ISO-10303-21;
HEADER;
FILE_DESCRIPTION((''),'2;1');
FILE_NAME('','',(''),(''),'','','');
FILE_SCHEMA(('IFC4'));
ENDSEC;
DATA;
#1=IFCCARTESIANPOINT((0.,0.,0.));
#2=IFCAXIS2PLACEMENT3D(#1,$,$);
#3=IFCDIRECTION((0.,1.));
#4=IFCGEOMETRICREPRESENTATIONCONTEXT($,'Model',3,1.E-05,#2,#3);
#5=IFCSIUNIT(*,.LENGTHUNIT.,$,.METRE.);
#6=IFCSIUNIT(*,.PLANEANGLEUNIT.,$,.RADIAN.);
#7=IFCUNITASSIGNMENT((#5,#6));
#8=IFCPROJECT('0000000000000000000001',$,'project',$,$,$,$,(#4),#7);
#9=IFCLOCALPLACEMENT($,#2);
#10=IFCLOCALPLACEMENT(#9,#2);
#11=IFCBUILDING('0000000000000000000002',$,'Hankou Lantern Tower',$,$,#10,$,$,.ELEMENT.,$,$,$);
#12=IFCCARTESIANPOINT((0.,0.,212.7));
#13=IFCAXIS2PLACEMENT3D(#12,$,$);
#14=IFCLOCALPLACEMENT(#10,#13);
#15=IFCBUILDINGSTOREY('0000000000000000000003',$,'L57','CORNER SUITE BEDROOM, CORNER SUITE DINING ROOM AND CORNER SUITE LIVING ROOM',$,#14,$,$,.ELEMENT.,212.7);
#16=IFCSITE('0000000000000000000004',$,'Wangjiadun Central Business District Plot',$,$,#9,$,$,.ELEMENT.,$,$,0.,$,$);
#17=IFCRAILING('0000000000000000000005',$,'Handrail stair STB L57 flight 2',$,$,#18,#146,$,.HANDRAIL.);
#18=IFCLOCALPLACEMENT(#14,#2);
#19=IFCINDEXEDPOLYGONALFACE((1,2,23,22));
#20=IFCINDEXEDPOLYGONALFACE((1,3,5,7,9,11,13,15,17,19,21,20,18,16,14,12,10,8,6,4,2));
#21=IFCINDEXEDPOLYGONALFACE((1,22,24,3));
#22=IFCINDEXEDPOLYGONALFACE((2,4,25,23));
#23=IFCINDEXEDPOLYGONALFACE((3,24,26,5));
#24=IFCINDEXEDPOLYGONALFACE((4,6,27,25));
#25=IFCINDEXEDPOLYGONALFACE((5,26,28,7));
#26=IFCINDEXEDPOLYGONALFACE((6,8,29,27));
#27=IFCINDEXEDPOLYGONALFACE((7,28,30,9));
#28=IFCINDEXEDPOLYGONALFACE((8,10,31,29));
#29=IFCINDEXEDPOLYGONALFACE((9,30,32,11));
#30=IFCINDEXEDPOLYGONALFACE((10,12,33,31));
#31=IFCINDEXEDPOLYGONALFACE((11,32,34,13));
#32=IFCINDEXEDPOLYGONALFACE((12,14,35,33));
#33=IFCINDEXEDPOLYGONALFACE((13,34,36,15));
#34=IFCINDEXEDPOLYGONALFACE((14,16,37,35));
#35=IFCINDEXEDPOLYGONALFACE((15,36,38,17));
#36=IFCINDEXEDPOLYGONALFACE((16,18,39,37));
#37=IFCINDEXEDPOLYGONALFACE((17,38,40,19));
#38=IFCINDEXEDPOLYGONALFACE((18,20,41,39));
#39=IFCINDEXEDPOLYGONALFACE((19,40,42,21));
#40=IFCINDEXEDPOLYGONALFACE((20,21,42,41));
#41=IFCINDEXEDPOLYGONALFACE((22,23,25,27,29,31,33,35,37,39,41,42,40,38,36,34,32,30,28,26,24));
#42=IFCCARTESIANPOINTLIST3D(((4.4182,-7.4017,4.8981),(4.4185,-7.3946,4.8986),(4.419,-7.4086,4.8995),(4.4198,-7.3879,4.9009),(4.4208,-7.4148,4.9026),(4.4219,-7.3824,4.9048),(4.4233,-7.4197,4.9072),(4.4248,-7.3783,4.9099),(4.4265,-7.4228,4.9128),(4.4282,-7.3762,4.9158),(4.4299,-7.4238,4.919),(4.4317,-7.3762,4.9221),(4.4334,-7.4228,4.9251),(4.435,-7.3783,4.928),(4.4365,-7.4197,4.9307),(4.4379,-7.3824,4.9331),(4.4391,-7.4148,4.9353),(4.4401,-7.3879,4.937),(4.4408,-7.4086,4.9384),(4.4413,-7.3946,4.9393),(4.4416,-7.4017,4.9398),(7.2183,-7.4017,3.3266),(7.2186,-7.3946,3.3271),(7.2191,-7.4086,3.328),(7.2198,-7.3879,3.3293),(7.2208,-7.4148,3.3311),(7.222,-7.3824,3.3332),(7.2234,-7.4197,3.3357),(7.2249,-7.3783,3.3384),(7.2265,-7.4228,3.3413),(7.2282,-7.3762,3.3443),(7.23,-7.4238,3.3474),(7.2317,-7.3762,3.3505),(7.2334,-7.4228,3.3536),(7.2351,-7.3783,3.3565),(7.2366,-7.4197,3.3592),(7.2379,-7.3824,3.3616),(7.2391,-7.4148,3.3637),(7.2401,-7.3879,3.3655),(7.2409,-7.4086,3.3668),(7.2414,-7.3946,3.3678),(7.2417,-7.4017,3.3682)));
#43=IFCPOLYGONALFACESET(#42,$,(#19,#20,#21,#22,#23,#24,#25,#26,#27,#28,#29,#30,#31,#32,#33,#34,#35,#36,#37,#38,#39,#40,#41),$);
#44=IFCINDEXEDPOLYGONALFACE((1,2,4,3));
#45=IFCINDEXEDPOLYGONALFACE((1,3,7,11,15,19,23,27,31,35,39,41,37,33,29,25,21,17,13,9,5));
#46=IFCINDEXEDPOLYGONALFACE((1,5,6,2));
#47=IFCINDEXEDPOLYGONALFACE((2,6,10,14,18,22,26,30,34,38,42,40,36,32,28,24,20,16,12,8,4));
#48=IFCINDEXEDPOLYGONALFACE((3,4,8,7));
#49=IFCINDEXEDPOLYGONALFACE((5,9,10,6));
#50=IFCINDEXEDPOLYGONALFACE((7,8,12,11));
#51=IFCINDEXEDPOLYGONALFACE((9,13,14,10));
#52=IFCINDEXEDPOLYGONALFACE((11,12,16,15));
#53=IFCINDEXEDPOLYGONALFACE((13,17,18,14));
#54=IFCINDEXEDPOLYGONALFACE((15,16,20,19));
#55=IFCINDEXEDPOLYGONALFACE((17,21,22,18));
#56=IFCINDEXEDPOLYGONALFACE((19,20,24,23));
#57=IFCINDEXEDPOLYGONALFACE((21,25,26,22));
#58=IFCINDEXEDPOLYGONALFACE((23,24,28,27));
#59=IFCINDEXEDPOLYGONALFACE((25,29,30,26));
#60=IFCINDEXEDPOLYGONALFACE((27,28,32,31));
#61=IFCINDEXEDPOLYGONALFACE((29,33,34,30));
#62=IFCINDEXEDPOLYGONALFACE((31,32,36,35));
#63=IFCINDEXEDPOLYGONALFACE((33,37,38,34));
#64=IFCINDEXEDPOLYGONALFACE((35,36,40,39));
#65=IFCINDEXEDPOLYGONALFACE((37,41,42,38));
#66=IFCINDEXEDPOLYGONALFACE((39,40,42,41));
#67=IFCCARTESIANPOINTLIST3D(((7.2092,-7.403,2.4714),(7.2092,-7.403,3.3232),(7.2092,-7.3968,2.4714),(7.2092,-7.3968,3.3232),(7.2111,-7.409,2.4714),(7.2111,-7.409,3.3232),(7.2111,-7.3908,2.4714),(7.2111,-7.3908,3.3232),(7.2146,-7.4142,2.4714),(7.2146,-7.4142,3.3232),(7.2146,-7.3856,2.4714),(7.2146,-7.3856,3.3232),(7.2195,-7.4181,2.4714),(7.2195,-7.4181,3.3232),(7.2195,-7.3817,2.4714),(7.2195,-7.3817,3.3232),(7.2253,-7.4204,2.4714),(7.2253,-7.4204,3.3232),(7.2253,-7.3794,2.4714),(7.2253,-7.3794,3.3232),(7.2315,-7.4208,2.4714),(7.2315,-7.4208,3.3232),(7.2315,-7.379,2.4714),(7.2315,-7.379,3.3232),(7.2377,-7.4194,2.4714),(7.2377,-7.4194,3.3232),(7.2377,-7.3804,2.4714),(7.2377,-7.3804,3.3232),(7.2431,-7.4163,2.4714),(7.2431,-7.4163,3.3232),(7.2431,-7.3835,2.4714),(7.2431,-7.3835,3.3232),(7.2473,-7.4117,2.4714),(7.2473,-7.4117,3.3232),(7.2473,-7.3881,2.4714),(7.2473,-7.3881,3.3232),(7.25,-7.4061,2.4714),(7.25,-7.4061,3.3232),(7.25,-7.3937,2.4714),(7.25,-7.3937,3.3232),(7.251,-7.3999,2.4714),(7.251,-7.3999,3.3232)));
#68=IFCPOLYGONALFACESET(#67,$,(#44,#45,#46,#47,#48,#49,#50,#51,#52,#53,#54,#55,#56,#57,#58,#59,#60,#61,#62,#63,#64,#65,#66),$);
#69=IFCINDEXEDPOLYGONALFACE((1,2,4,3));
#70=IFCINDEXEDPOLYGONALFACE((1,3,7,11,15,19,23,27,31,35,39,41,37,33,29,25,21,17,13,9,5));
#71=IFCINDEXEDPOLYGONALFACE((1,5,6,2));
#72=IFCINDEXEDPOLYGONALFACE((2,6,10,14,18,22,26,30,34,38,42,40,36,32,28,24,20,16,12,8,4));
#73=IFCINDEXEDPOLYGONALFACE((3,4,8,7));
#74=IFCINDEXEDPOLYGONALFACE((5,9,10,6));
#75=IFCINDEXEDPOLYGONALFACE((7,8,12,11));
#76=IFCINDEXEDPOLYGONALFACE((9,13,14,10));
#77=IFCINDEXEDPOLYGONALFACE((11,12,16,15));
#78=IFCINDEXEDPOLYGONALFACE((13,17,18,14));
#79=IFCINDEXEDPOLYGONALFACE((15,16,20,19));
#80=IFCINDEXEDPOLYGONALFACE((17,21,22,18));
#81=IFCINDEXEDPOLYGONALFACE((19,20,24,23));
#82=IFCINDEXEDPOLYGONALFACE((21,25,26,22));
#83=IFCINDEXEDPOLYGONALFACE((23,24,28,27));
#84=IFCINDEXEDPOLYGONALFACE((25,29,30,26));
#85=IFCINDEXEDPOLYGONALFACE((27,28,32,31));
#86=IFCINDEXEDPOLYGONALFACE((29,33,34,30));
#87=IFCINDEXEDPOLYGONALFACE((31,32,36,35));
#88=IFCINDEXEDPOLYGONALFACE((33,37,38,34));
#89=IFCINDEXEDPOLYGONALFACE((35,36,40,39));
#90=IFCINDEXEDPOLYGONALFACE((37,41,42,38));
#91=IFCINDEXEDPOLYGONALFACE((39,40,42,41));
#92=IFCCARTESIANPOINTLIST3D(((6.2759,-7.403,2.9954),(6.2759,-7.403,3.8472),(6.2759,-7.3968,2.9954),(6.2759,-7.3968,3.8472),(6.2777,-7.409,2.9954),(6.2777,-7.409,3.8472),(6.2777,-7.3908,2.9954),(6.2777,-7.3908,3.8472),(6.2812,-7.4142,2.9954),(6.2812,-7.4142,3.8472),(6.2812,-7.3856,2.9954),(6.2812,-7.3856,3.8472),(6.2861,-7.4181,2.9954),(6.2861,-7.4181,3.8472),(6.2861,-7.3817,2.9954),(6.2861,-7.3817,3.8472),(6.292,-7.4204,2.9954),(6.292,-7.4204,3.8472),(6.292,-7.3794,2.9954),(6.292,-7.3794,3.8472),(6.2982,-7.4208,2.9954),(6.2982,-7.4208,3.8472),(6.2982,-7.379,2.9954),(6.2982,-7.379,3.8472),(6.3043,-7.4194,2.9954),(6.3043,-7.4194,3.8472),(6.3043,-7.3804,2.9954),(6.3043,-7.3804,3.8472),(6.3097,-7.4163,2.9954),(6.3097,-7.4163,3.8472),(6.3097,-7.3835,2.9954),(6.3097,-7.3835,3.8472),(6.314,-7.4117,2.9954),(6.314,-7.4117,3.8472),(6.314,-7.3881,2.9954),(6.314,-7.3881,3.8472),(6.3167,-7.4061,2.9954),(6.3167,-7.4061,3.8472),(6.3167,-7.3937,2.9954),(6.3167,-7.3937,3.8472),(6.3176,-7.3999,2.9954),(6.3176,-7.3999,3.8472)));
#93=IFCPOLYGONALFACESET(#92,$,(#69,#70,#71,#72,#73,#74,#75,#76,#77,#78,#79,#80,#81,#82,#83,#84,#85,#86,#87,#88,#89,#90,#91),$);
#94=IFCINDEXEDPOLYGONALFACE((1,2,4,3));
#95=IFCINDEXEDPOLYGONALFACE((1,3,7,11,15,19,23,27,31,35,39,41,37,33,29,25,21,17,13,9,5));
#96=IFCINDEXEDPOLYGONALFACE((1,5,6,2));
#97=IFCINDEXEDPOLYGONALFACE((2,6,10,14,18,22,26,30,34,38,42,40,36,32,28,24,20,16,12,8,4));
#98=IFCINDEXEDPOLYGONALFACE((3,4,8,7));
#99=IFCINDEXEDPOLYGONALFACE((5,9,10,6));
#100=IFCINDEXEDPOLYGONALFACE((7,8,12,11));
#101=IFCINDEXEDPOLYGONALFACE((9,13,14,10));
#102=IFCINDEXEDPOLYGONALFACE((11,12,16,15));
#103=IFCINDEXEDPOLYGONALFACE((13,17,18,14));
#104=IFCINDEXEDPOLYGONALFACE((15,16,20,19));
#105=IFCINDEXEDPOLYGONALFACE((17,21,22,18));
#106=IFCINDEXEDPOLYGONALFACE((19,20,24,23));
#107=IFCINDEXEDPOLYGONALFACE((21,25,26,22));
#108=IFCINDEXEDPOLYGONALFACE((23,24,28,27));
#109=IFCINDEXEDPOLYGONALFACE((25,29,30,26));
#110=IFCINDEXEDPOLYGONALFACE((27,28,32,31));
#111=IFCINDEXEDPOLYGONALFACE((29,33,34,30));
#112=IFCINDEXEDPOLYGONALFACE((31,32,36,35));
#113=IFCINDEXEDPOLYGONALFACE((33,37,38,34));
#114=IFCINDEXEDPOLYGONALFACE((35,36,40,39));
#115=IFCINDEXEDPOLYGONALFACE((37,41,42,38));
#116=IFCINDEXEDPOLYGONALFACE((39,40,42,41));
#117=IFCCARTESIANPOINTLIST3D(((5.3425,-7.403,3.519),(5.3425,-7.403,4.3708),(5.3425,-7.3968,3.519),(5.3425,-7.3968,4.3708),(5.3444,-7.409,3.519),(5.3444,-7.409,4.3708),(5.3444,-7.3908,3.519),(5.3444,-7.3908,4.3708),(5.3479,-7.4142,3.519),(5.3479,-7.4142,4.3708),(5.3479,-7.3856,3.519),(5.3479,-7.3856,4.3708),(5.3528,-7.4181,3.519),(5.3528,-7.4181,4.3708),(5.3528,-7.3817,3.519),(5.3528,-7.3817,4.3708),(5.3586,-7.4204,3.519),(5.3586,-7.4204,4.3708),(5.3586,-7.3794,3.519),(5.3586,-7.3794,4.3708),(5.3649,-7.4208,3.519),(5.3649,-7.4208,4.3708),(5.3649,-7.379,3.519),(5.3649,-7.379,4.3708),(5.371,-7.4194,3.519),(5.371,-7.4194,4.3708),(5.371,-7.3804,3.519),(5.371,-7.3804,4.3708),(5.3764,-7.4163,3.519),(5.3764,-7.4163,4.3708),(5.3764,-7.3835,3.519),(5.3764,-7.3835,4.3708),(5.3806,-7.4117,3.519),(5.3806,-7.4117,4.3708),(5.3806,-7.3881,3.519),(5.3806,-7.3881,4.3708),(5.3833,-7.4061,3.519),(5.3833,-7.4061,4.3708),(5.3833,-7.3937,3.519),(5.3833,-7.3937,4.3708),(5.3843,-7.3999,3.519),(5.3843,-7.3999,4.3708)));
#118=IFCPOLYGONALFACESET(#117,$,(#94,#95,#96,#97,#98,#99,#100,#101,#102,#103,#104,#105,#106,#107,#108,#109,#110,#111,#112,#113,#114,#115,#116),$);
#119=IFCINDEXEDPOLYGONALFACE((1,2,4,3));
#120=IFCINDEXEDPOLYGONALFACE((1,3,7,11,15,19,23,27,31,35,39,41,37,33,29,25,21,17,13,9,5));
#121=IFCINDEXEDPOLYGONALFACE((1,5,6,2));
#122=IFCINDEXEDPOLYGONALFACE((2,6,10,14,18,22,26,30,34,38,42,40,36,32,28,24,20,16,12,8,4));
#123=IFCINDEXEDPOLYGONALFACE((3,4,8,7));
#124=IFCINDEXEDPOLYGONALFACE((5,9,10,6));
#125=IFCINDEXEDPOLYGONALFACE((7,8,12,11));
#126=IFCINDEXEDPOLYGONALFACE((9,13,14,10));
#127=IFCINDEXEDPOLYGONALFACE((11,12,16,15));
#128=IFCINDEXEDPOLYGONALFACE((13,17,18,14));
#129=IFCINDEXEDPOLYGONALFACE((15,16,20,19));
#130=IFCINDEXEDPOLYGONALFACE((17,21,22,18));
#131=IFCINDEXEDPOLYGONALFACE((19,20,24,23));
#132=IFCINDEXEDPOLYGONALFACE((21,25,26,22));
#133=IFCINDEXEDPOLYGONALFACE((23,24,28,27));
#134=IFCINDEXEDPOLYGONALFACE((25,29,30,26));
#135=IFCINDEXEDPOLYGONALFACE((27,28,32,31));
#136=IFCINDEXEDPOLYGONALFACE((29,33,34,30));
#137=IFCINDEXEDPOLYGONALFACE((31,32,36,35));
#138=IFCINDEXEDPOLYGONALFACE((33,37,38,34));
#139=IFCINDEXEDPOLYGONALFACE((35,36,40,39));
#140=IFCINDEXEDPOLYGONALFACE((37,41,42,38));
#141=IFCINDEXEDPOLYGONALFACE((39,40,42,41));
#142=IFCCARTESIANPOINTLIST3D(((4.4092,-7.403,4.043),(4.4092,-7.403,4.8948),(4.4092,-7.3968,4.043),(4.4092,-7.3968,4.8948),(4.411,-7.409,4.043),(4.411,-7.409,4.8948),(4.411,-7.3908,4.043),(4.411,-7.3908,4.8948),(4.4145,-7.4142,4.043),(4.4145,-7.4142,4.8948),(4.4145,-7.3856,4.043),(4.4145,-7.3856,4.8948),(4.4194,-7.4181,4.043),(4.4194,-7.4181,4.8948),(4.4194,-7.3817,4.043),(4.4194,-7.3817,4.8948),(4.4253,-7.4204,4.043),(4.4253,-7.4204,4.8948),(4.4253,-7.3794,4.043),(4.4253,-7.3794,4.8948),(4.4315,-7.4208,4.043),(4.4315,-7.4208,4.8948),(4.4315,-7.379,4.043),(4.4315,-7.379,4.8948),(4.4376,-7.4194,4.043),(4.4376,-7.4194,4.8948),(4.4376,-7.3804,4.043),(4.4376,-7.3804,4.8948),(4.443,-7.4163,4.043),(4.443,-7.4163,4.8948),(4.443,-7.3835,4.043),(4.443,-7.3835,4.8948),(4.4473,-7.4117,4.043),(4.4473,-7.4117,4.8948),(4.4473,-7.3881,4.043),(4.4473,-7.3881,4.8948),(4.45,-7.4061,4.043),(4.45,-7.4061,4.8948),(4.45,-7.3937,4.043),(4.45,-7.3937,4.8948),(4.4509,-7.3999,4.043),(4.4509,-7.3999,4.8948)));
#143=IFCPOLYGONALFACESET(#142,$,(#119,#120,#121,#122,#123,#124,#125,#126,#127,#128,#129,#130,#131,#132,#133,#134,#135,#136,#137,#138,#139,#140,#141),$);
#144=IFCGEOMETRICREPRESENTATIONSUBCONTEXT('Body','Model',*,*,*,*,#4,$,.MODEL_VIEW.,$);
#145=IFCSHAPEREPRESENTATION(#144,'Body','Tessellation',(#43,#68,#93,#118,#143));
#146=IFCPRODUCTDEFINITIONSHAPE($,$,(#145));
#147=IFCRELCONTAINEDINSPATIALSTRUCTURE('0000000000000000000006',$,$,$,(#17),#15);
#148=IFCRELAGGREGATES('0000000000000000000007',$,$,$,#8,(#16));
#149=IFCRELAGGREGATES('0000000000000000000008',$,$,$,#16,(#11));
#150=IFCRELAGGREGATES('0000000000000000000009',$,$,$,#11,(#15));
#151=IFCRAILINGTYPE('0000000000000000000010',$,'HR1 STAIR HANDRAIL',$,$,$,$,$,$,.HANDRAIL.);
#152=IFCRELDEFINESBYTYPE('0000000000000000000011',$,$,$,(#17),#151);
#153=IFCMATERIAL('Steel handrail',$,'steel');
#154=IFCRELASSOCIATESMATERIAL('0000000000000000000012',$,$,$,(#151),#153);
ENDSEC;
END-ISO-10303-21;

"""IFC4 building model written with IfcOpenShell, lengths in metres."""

from ifc_helpers import new_model, si_unit, direction, frame, origin, origin_2d, place, context, subcontext, project, spatial, circle, extrude, material, type_object, element, save


model = new_model("IFC4")

# Units and contexts
model_context = context("Model", 3, precision=1e-05, world=origin(), true_north=direction((0.0, 1.0)))
body_context = subcontext(model_context, "Body", "Model", "MODEL_VIEW")
ifc_project = project(units=[si_unit("LENGTHUNIT", "METRE"), si_unit("PLANEANGLEUNIT", "RADIAN")], contexts=[model_context])

# Site, building, storey
site_placement = place(None, origin())
site = spatial("IfcSite", under=ifc_project, at=site_placement, Name="Wangjiadun Central Business District Plot", CompositionType="ELEMENT", RefElevation=0.0)
building_placement = place(site_placement, origin())
building = spatial("IfcBuilding", under=site, at=building_placement, Name="Hankou Lantern Tower", CompositionType="ELEMENT")
storey_placement = place(building_placement, frame((0.0, 0.0, 212.7)))
storey = spatial("IfcBuildingStorey", under=building, at=storey_placement, Name="L57", Description="CORNER SUITE BEDROOM, CORNER SUITE DINING ROOM AND CORNER SUITE LIVING ROOM", CompositionType="ELEMENT", Elevation=212.7)

# Railing
ifc_material_1 = material(Name="Steel handrail", Category="steel")
railing_type = type_object("IfcRailingType", Name="HR1 STAIR HANDRAIL", PredefinedType="HANDRAIL", material=ifc_material_1)
railing_1_placement = place(storey_placement, frame((7.23, -7.3999, 2.4714)))
element("IfcRailing", 1, at=railing_1_placement, inside=storey, type_object=railing_type, Name="Handrail stair STB L57 flight 2", PredefinedType="HANDRAIL", context=body_context, shape_type="SweptSolid", body=[
    extrude(circle(Radius=0.0239, at=origin_2d()), frame((0.0, 0.0, 0.876), z_axis=(-0.87204, 0.0, 0.489434), x_axis=(0.0, -1.0, 0.0)), (0.0, 0.0, 1.0), 3.2109),
    extrude(circle(Radius=0.021, at=origin_2d()), origin(), (0.0, 0.0, 1.0), 0.8518),
    extrude(circle(Radius=0.021, at=origin_2d()), frame((-0.9333, 0.0, 0.5239)), (0.0, 0.0, 1.0), 0.8518),
    extrude(circle(Radius=0.021, at=origin_2d()), frame((-1.8667, 0.0, 1.0476)), (0.0, 0.0, 1.0), 0.8518),
    extrude(circle(Radius=0.021, at=origin_2d()), frame((-2.8, 0.0, 1.5715)), (0.0, 0.0, 1.0), 0.8518),
])

save(model, "model.ifc")
